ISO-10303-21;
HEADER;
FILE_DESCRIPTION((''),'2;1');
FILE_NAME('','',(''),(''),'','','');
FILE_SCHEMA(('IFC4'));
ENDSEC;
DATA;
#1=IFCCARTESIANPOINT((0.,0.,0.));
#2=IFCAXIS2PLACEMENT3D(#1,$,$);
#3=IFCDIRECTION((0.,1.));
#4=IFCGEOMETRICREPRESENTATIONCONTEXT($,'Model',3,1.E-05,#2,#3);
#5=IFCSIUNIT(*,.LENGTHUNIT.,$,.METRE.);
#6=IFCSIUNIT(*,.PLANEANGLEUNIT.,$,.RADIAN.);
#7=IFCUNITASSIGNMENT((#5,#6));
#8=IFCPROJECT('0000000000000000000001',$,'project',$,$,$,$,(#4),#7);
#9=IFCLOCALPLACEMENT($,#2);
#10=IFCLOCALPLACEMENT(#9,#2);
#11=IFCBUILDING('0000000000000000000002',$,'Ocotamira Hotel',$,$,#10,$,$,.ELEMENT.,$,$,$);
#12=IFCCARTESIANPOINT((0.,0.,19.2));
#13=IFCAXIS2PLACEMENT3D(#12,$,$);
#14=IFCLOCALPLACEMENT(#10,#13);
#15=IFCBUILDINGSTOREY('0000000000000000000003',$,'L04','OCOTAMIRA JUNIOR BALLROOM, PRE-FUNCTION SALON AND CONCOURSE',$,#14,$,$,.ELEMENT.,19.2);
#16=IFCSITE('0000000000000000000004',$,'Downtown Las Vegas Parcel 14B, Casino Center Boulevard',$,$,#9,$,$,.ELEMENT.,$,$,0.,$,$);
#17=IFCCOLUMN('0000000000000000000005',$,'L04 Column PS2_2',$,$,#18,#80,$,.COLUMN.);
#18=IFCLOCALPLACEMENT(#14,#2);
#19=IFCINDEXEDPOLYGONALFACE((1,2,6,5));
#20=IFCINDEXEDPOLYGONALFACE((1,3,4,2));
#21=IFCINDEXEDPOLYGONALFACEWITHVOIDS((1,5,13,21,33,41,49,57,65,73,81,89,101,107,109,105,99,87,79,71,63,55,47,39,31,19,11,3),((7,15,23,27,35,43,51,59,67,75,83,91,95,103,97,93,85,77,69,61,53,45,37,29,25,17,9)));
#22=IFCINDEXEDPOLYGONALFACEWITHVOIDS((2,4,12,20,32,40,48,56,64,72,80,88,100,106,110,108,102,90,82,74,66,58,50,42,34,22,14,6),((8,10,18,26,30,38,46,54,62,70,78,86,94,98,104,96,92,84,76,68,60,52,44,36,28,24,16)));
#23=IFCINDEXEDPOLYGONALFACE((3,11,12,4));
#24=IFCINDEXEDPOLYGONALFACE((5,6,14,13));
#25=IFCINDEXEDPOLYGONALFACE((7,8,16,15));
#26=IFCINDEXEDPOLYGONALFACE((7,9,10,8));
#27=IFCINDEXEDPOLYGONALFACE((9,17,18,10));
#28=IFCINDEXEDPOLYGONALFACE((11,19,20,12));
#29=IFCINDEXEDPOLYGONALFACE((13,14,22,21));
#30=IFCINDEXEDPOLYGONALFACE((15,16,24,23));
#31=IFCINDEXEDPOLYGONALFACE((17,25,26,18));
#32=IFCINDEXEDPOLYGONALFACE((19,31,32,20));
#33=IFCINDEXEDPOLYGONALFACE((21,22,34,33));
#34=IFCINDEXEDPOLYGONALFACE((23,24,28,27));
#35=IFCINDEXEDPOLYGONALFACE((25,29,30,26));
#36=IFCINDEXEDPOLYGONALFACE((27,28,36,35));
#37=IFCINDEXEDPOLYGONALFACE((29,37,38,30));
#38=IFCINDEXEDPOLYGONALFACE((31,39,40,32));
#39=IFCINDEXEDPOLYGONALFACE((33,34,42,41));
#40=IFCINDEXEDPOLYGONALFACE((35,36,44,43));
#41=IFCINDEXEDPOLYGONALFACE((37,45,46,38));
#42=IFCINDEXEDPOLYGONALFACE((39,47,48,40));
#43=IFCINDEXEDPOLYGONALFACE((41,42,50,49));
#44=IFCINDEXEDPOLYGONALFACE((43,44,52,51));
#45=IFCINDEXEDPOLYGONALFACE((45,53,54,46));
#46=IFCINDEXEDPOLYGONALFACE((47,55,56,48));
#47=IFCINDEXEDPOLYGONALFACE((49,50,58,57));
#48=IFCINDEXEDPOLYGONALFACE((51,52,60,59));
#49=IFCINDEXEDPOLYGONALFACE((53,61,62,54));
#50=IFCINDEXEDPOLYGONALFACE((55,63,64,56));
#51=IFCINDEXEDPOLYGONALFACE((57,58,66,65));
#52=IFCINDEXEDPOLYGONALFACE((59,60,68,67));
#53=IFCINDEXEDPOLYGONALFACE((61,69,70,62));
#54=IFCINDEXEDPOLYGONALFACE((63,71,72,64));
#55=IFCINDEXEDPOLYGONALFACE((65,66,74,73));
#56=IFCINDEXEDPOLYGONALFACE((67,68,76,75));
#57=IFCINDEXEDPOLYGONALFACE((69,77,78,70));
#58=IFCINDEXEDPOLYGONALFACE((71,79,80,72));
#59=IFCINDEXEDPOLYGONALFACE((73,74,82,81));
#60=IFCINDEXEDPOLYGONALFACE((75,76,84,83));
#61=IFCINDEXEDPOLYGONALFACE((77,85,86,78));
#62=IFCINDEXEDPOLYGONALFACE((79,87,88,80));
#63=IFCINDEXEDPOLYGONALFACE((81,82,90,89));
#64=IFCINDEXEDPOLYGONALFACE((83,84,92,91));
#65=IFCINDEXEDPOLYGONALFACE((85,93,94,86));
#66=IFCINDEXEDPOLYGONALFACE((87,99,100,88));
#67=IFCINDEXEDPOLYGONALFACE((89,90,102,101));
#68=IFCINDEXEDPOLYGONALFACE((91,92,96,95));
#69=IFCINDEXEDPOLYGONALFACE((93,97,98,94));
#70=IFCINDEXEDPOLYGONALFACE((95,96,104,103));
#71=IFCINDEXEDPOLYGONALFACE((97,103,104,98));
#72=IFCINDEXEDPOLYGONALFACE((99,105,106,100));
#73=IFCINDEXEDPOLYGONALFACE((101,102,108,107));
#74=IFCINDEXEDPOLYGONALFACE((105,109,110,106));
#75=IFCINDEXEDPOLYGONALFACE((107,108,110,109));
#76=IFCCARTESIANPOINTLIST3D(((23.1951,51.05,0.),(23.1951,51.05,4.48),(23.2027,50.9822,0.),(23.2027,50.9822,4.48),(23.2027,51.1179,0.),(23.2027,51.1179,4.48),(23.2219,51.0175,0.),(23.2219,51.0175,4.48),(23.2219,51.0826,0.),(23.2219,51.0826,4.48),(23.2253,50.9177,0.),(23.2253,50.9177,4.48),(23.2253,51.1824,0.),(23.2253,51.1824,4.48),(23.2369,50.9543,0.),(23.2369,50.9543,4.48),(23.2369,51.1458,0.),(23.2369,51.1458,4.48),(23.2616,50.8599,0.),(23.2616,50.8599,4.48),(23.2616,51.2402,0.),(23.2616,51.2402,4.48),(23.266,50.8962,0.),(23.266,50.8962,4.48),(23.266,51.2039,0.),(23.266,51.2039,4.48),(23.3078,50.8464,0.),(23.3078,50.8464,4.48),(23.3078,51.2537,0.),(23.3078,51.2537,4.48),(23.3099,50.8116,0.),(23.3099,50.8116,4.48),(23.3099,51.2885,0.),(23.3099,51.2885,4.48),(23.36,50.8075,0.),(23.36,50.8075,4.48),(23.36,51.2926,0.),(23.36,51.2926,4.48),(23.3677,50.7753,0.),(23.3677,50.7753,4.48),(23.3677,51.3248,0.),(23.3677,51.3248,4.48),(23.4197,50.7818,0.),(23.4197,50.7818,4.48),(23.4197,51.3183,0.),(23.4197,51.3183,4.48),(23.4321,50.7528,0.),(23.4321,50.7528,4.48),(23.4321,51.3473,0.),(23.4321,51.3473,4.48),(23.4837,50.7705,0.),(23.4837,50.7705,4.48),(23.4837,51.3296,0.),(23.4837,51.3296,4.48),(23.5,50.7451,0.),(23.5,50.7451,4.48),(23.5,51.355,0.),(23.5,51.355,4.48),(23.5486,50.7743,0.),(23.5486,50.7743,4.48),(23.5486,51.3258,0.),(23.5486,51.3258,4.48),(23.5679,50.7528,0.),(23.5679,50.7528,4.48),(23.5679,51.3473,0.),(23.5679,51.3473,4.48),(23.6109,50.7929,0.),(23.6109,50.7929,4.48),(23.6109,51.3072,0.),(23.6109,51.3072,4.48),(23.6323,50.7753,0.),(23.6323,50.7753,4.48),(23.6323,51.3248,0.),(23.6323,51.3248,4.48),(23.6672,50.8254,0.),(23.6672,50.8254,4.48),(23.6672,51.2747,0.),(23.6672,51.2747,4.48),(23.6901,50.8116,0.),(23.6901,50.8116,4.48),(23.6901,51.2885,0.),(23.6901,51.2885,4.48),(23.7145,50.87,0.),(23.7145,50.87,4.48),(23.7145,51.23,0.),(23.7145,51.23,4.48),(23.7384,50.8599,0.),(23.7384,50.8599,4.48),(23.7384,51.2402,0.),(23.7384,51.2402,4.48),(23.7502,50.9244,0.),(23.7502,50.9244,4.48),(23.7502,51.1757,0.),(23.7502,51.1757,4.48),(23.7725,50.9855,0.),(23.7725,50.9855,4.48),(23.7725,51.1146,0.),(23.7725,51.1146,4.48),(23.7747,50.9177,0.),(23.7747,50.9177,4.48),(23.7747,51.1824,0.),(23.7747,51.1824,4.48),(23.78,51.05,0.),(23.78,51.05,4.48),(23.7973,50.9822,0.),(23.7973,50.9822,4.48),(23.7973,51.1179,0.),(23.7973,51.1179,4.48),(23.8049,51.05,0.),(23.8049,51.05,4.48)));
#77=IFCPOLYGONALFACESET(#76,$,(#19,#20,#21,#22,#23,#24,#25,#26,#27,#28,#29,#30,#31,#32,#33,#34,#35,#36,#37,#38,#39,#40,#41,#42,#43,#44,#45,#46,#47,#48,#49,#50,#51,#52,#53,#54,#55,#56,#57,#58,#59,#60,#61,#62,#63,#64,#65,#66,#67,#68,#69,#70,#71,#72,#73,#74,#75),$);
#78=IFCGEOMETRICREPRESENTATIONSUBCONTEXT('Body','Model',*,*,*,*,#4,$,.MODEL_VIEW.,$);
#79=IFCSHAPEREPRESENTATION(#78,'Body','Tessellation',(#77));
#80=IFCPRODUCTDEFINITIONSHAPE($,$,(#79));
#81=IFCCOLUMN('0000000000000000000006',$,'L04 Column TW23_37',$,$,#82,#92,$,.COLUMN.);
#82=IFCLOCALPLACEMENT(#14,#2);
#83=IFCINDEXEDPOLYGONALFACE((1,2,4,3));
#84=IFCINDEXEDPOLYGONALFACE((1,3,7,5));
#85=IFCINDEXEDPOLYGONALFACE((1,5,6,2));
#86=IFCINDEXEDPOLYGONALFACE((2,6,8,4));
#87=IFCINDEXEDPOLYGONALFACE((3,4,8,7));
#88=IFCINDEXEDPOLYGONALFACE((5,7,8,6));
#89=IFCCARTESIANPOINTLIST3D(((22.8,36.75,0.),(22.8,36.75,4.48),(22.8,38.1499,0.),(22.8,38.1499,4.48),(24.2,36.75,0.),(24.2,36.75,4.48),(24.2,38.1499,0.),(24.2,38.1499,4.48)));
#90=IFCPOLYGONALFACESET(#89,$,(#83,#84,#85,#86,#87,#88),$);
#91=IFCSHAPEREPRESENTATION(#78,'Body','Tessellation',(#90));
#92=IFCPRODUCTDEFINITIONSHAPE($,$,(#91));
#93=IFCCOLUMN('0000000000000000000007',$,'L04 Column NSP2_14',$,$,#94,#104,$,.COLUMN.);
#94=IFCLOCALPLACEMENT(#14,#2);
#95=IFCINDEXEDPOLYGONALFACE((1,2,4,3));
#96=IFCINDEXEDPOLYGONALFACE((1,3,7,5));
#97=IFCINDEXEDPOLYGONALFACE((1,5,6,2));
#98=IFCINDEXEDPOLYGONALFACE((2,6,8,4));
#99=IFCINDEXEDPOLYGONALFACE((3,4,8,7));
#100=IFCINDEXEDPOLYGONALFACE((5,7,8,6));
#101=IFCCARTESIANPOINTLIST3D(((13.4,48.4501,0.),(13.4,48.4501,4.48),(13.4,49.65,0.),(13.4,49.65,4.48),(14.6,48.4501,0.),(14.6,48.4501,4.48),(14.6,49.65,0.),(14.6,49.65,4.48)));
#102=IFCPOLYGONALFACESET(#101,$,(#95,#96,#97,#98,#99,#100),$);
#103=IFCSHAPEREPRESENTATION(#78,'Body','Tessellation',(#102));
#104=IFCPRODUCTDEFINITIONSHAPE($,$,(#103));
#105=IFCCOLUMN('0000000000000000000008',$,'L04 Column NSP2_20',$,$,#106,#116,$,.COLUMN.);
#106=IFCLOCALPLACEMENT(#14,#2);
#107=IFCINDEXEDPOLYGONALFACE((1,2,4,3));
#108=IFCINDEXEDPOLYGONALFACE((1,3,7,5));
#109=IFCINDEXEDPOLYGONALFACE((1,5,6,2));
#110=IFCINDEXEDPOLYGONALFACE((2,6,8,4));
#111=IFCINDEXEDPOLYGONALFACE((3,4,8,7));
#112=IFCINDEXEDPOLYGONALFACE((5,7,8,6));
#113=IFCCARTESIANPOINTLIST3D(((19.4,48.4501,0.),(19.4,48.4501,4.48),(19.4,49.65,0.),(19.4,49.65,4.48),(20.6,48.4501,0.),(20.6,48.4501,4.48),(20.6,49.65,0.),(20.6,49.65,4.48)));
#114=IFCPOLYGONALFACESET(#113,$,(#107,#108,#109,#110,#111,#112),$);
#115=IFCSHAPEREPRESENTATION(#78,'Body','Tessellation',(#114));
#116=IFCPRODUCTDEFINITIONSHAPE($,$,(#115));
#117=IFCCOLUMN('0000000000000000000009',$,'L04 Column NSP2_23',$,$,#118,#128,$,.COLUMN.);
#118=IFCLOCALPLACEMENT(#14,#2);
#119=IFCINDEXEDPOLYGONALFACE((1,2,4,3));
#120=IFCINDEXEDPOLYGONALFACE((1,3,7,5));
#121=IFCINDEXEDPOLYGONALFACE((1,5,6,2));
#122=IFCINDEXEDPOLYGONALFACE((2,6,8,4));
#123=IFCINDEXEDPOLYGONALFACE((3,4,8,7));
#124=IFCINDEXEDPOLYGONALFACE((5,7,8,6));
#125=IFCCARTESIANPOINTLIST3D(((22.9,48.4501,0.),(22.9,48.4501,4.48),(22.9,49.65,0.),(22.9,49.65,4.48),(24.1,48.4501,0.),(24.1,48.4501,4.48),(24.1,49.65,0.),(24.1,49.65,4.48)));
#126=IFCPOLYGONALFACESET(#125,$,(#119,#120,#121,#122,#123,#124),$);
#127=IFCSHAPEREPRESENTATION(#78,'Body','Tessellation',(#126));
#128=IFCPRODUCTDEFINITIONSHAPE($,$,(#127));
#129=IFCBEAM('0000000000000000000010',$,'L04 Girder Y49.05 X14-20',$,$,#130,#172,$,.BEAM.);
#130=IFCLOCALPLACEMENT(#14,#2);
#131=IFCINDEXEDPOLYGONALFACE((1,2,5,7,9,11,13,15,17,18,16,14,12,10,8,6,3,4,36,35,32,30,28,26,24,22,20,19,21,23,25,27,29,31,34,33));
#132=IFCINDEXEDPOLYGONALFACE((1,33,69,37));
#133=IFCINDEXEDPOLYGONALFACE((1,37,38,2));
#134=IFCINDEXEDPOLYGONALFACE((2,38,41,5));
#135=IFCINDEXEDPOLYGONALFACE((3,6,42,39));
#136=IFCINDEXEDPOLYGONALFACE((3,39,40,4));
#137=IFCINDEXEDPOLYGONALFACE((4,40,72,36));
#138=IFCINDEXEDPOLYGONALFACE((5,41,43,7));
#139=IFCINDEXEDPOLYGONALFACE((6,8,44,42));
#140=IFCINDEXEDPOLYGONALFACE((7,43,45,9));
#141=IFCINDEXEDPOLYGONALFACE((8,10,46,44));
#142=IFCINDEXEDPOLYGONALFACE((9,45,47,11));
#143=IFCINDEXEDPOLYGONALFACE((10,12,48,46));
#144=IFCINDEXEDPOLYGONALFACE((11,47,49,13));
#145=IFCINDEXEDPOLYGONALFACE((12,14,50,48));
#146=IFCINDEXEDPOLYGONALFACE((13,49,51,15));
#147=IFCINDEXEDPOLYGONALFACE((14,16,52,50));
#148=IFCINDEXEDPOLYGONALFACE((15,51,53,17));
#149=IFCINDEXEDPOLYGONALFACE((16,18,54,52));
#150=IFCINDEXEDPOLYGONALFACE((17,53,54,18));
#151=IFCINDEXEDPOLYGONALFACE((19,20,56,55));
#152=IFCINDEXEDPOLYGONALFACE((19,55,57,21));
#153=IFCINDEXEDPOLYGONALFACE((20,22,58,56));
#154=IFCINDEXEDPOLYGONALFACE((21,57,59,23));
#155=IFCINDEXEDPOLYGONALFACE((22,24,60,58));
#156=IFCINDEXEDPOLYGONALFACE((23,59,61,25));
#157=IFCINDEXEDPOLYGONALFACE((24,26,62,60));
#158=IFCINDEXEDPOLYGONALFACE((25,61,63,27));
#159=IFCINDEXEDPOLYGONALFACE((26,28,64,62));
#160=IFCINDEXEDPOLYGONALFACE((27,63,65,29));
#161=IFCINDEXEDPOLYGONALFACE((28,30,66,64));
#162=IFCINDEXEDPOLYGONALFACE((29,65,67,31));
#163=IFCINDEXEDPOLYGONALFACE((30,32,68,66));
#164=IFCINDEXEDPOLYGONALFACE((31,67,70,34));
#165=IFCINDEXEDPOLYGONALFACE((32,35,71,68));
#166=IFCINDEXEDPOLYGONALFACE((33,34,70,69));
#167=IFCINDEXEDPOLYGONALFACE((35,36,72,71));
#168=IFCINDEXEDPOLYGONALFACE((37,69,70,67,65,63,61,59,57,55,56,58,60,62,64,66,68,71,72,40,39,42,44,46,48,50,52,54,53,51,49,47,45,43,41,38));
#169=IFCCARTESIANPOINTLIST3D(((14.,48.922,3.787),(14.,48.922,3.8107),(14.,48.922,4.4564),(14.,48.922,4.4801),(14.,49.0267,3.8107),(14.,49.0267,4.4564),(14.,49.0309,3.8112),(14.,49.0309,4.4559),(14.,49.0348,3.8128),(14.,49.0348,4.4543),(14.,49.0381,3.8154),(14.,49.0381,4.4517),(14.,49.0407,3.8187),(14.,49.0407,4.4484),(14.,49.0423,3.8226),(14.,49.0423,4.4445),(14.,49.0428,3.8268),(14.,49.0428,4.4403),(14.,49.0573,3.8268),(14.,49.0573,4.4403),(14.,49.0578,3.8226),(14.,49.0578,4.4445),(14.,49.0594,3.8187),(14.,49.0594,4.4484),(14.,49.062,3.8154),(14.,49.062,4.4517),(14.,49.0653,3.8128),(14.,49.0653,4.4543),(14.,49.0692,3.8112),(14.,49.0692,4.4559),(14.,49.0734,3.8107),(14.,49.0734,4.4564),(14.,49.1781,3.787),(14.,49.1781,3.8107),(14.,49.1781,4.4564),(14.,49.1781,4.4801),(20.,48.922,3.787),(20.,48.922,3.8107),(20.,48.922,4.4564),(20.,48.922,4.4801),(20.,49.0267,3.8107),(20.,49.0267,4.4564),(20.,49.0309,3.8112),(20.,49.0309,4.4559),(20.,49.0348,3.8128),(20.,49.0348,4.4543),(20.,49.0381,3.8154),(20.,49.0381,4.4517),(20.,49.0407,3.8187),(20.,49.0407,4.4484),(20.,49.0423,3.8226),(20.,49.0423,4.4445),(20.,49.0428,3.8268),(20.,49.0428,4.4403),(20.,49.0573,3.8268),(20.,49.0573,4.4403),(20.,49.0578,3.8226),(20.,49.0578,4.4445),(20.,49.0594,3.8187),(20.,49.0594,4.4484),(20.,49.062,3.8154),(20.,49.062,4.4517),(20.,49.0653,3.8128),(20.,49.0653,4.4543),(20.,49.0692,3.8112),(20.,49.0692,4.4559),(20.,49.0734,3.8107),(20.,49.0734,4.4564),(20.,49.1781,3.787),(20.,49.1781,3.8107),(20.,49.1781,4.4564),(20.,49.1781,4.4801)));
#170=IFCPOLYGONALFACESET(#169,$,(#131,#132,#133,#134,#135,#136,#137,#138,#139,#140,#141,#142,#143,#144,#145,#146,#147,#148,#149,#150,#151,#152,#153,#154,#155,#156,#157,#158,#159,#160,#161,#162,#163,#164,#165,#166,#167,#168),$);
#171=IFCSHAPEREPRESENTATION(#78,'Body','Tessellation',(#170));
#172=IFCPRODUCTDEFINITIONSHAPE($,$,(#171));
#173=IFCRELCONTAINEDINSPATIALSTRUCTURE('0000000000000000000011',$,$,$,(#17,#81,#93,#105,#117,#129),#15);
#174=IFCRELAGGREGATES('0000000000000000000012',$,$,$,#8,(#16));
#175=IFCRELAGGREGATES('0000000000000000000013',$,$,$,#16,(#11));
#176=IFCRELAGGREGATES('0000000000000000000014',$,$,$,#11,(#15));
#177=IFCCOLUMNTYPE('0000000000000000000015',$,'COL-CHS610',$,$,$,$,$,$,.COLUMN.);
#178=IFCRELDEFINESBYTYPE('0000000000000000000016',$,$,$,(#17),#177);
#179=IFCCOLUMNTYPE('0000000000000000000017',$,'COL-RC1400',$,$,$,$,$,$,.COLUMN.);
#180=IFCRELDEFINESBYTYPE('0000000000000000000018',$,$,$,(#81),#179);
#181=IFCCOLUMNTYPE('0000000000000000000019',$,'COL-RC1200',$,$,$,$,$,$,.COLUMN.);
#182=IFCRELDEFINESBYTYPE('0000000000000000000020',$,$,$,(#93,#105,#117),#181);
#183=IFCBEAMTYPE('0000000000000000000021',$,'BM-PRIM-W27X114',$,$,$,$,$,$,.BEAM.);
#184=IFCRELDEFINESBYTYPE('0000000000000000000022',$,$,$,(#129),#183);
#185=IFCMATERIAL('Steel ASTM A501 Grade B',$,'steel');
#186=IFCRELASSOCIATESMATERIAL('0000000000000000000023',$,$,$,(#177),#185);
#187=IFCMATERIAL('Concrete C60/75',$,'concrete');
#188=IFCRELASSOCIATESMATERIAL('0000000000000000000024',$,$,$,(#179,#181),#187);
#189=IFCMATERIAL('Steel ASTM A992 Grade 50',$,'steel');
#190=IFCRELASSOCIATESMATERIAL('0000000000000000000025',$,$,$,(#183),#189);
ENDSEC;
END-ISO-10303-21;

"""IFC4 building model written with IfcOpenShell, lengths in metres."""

from ifc_helpers import new_model, si_unit, direction, frame, origin, origin_2d, place, context, subcontext, project, spatial, rectangle, hollow_circle, i_section, extrude, source, transform, mapped, material, material_profile, profile_set, type_object, element, save


model = new_model("IFC4")

# Units and contexts
model_context = context("Model", 3, precision=1e-05, world=origin(), true_north=direction((0.0, 1.0)))
body_context = subcontext(model_context, "Body", "Model", "MODEL_VIEW")
ifc_project = project(units=[si_unit("LENGTHUNIT", "METRE"), si_unit("PLANEANGLEUNIT", "RADIAN")], contexts=[model_context])

# Site, building, storey
site_placement = place(None, origin())
site = spatial("IfcSite", under=ifc_project, at=site_placement, Name="Downtown Las Vegas Parcel 14B, Casino Center Boulevard", CompositionType="ELEMENT", RefElevation=0.0)
building_placement = place(site_placement, origin())
building = spatial("IfcBuilding", under=site, at=building_placement, Name="Ocotamira Hotel", CompositionType="ELEMENT")
storey_placement = place(building_placement, frame((0.0, 0.0, 19.2)))
storey = spatial("IfcBuildingStorey", under=building, at=storey_placement, Name="L04", Description="OCOTAMIRA JUNIOR BALLROOM, PRE-FUNCTION SALON AND CONCOURSE", CompositionType="ELEMENT", Elevation=19.2)

# Columns
ifc_material_1 = material(Name="Steel ASTM A501 Grade B", Category="steel")
ifc_material_profile_1 = material_profile(ifc_material_1, hollow_circle(Radius=0.3049, WallThickness=0.0249, at=origin_2d()), Name="CHS610X25")
ifc_profile_set_1 = profile_set([ifc_material_profile_1], Name="Steel ASTM A501 Grade B")
column_type_1 = type_object("IfcColumnType", Name="COL-CHS610", PredefinedType="COLUMN", material=ifc_profile_set_1)
shared_shape_1 = source(origin(), body_context, "Body", "SweptSolid", [
    extrude(hollow_circle(Radius=0.3049, WallThickness=0.0249, at=origin_2d()), origin(), (0.0, 0.0, 1.0), 4.48),
])
column_1_placement = place(storey_placement, frame((23.5, 51.05, 0.0), z_axis=(0.0, 0.0, 1.0), x_axis=(1.0, 0.0, 0.0)))
element("IfcColumn", 1, at=column_1_placement, inside=storey, type_object=column_type_1, Name="L04 Column PS2_2", PredefinedType="COLUMN", context=body_context, shape_type="MappedRepresentation", body=[
    mapped(shared_shape_1, transform((0.0, 0.0, 0.0), scale=1.0)),
])
ifc_material_2 = material(Name="Concrete C60/75", Category="concrete")
ifc_material_profile_2 = material_profile(ifc_material_2, rectangle(XDim=1.3999, YDim=1.3999, at=origin_2d()), Name="RC1400X1400")
ifc_profile_set_2 = profile_set([ifc_material_profile_2], Name="Concrete C60/75")
column_type_2 = type_object("IfcColumnType", Name="COL-RC1400", PredefinedType="COLUMN", material=ifc_profile_set_2)
shared_shape_2 = source(origin(), body_context, "Body", "SweptSolid", [
    extrude(rectangle(XDim=1.3999, YDim=1.3999, at=origin_2d()), origin(), (0.0, 0.0, 1.0), 4.48),
])
column_2_placement = place(storey_placement, frame((23.5, 37.45, 0.0), z_axis=(0.0, 0.0, 1.0), x_axis=(1.0, 0.0, 0.0)))
element("IfcColumn", 2, at=column_2_placement, inside=storey, type_object=column_type_2, Name="L04 Column TW23_37", PredefinedType="COLUMN", context=body_context, shape_type="MappedRepresentation", body=[
    mapped(shared_shape_2, transform((0.0, 0.0, 0.0), scale=1.0)),
])
ifc_material_profile_3 = material_profile(ifc_material_2, rectangle(XDim=1.2, YDim=1.2, at=origin_2d()), Name="RC1200X1200")
ifc_profile_set_3 = profile_set([ifc_material_profile_3], Name="Concrete C60/75")
column_type_3 = type_object("IfcColumnType", Name="COL-RC1200", PredefinedType="COLUMN", material=ifc_profile_set_3)
shared_shape_3 = source(origin(), body_context, "Body", "SweptSolid", [
    extrude(rectangle(XDim=1.2, YDim=1.2, at=origin_2d()), origin(), (0.0, 0.0, 1.0), 4.48),
])
for number, where, z_axis, x_axis, name in (
    (3, (14.0, 49.05, 0.0), (0.0, 0.0, 1.0), (1.0, 0.0, 0.0), "L04 Column NSP2_14"),
    (4, (20.0, 49.05, 0.0), (0.0, 0.0, 1.0), (1.0, 0.0, 0.0), "L04 Column NSP2_20"),
    (5, (23.5, 49.05, 0.0), (0.0, 0.0, 1.0), (1.0, 0.0, 0.0), "L04 Column NSP2_23"),
):
    element("IfcColumn", number, at=place(storey_placement, frame(where, z_axis=z_axis, x_axis=x_axis)), inside=storey, type_object=column_type_3, Name=name, PredefinedType="COLUMN", context=body_context, shape_type="MappedRepresentation", body=[
        mapped(shared_shape_3, transform((0.0, 0.0, 0.0), scale=1.0)),
    ])

# Beam
ifc_material_3 = material(Name="Steel ASTM A992 Grade 50", Category="steel")
ifc_material_profile_4 = material_profile(ifc_material_3, i_section(OverallWidth=0.2561, OverallDepth=0.6931, WebThickness=0.0144, FlangeThickness=0.0237, FilletRadius=0.0161, at=origin_2d()), Name="W27X114")
ifc_profile_set_4 = profile_set([ifc_material_profile_4], Name="Steel ASTM A992 Grade 50")
beam_type_1 = type_object("IfcBeamType", Name="BM-PRIM-W27X114", PredefinedType="BEAM", material=ifc_profile_set_4)
shared_shape_4 = source(origin(), body_context, "Body", "SweptSolid", [
    extrude(i_section(OverallWidth=0.2561, OverallDepth=0.6931, WebThickness=0.0144, FlangeThickness=0.0237, FilletRadius=0.0161, at=origin_2d()), origin(), (0.0, 0.0, 1.0), 6.0),
])
beam_1_placement = place(storey_placement, frame((14.0, 49.05, 4.1335), z_axis=(1.0, 0.0, 0.0), x_axis=(0.0, 1.0, 0.0)))
element("IfcBeam", 6, at=beam_1_placement, inside=storey, type_object=beam_type_1, Name="L04 Girder Y49.05 X14-20", PredefinedType="BEAM", context=body_context, shape_type="MappedRepresentation", body=[
    mapped(shared_shape_4, transform((0.0, 0.0, 0.0), scale=1.0)),
])

save(model, "model.ifc")
